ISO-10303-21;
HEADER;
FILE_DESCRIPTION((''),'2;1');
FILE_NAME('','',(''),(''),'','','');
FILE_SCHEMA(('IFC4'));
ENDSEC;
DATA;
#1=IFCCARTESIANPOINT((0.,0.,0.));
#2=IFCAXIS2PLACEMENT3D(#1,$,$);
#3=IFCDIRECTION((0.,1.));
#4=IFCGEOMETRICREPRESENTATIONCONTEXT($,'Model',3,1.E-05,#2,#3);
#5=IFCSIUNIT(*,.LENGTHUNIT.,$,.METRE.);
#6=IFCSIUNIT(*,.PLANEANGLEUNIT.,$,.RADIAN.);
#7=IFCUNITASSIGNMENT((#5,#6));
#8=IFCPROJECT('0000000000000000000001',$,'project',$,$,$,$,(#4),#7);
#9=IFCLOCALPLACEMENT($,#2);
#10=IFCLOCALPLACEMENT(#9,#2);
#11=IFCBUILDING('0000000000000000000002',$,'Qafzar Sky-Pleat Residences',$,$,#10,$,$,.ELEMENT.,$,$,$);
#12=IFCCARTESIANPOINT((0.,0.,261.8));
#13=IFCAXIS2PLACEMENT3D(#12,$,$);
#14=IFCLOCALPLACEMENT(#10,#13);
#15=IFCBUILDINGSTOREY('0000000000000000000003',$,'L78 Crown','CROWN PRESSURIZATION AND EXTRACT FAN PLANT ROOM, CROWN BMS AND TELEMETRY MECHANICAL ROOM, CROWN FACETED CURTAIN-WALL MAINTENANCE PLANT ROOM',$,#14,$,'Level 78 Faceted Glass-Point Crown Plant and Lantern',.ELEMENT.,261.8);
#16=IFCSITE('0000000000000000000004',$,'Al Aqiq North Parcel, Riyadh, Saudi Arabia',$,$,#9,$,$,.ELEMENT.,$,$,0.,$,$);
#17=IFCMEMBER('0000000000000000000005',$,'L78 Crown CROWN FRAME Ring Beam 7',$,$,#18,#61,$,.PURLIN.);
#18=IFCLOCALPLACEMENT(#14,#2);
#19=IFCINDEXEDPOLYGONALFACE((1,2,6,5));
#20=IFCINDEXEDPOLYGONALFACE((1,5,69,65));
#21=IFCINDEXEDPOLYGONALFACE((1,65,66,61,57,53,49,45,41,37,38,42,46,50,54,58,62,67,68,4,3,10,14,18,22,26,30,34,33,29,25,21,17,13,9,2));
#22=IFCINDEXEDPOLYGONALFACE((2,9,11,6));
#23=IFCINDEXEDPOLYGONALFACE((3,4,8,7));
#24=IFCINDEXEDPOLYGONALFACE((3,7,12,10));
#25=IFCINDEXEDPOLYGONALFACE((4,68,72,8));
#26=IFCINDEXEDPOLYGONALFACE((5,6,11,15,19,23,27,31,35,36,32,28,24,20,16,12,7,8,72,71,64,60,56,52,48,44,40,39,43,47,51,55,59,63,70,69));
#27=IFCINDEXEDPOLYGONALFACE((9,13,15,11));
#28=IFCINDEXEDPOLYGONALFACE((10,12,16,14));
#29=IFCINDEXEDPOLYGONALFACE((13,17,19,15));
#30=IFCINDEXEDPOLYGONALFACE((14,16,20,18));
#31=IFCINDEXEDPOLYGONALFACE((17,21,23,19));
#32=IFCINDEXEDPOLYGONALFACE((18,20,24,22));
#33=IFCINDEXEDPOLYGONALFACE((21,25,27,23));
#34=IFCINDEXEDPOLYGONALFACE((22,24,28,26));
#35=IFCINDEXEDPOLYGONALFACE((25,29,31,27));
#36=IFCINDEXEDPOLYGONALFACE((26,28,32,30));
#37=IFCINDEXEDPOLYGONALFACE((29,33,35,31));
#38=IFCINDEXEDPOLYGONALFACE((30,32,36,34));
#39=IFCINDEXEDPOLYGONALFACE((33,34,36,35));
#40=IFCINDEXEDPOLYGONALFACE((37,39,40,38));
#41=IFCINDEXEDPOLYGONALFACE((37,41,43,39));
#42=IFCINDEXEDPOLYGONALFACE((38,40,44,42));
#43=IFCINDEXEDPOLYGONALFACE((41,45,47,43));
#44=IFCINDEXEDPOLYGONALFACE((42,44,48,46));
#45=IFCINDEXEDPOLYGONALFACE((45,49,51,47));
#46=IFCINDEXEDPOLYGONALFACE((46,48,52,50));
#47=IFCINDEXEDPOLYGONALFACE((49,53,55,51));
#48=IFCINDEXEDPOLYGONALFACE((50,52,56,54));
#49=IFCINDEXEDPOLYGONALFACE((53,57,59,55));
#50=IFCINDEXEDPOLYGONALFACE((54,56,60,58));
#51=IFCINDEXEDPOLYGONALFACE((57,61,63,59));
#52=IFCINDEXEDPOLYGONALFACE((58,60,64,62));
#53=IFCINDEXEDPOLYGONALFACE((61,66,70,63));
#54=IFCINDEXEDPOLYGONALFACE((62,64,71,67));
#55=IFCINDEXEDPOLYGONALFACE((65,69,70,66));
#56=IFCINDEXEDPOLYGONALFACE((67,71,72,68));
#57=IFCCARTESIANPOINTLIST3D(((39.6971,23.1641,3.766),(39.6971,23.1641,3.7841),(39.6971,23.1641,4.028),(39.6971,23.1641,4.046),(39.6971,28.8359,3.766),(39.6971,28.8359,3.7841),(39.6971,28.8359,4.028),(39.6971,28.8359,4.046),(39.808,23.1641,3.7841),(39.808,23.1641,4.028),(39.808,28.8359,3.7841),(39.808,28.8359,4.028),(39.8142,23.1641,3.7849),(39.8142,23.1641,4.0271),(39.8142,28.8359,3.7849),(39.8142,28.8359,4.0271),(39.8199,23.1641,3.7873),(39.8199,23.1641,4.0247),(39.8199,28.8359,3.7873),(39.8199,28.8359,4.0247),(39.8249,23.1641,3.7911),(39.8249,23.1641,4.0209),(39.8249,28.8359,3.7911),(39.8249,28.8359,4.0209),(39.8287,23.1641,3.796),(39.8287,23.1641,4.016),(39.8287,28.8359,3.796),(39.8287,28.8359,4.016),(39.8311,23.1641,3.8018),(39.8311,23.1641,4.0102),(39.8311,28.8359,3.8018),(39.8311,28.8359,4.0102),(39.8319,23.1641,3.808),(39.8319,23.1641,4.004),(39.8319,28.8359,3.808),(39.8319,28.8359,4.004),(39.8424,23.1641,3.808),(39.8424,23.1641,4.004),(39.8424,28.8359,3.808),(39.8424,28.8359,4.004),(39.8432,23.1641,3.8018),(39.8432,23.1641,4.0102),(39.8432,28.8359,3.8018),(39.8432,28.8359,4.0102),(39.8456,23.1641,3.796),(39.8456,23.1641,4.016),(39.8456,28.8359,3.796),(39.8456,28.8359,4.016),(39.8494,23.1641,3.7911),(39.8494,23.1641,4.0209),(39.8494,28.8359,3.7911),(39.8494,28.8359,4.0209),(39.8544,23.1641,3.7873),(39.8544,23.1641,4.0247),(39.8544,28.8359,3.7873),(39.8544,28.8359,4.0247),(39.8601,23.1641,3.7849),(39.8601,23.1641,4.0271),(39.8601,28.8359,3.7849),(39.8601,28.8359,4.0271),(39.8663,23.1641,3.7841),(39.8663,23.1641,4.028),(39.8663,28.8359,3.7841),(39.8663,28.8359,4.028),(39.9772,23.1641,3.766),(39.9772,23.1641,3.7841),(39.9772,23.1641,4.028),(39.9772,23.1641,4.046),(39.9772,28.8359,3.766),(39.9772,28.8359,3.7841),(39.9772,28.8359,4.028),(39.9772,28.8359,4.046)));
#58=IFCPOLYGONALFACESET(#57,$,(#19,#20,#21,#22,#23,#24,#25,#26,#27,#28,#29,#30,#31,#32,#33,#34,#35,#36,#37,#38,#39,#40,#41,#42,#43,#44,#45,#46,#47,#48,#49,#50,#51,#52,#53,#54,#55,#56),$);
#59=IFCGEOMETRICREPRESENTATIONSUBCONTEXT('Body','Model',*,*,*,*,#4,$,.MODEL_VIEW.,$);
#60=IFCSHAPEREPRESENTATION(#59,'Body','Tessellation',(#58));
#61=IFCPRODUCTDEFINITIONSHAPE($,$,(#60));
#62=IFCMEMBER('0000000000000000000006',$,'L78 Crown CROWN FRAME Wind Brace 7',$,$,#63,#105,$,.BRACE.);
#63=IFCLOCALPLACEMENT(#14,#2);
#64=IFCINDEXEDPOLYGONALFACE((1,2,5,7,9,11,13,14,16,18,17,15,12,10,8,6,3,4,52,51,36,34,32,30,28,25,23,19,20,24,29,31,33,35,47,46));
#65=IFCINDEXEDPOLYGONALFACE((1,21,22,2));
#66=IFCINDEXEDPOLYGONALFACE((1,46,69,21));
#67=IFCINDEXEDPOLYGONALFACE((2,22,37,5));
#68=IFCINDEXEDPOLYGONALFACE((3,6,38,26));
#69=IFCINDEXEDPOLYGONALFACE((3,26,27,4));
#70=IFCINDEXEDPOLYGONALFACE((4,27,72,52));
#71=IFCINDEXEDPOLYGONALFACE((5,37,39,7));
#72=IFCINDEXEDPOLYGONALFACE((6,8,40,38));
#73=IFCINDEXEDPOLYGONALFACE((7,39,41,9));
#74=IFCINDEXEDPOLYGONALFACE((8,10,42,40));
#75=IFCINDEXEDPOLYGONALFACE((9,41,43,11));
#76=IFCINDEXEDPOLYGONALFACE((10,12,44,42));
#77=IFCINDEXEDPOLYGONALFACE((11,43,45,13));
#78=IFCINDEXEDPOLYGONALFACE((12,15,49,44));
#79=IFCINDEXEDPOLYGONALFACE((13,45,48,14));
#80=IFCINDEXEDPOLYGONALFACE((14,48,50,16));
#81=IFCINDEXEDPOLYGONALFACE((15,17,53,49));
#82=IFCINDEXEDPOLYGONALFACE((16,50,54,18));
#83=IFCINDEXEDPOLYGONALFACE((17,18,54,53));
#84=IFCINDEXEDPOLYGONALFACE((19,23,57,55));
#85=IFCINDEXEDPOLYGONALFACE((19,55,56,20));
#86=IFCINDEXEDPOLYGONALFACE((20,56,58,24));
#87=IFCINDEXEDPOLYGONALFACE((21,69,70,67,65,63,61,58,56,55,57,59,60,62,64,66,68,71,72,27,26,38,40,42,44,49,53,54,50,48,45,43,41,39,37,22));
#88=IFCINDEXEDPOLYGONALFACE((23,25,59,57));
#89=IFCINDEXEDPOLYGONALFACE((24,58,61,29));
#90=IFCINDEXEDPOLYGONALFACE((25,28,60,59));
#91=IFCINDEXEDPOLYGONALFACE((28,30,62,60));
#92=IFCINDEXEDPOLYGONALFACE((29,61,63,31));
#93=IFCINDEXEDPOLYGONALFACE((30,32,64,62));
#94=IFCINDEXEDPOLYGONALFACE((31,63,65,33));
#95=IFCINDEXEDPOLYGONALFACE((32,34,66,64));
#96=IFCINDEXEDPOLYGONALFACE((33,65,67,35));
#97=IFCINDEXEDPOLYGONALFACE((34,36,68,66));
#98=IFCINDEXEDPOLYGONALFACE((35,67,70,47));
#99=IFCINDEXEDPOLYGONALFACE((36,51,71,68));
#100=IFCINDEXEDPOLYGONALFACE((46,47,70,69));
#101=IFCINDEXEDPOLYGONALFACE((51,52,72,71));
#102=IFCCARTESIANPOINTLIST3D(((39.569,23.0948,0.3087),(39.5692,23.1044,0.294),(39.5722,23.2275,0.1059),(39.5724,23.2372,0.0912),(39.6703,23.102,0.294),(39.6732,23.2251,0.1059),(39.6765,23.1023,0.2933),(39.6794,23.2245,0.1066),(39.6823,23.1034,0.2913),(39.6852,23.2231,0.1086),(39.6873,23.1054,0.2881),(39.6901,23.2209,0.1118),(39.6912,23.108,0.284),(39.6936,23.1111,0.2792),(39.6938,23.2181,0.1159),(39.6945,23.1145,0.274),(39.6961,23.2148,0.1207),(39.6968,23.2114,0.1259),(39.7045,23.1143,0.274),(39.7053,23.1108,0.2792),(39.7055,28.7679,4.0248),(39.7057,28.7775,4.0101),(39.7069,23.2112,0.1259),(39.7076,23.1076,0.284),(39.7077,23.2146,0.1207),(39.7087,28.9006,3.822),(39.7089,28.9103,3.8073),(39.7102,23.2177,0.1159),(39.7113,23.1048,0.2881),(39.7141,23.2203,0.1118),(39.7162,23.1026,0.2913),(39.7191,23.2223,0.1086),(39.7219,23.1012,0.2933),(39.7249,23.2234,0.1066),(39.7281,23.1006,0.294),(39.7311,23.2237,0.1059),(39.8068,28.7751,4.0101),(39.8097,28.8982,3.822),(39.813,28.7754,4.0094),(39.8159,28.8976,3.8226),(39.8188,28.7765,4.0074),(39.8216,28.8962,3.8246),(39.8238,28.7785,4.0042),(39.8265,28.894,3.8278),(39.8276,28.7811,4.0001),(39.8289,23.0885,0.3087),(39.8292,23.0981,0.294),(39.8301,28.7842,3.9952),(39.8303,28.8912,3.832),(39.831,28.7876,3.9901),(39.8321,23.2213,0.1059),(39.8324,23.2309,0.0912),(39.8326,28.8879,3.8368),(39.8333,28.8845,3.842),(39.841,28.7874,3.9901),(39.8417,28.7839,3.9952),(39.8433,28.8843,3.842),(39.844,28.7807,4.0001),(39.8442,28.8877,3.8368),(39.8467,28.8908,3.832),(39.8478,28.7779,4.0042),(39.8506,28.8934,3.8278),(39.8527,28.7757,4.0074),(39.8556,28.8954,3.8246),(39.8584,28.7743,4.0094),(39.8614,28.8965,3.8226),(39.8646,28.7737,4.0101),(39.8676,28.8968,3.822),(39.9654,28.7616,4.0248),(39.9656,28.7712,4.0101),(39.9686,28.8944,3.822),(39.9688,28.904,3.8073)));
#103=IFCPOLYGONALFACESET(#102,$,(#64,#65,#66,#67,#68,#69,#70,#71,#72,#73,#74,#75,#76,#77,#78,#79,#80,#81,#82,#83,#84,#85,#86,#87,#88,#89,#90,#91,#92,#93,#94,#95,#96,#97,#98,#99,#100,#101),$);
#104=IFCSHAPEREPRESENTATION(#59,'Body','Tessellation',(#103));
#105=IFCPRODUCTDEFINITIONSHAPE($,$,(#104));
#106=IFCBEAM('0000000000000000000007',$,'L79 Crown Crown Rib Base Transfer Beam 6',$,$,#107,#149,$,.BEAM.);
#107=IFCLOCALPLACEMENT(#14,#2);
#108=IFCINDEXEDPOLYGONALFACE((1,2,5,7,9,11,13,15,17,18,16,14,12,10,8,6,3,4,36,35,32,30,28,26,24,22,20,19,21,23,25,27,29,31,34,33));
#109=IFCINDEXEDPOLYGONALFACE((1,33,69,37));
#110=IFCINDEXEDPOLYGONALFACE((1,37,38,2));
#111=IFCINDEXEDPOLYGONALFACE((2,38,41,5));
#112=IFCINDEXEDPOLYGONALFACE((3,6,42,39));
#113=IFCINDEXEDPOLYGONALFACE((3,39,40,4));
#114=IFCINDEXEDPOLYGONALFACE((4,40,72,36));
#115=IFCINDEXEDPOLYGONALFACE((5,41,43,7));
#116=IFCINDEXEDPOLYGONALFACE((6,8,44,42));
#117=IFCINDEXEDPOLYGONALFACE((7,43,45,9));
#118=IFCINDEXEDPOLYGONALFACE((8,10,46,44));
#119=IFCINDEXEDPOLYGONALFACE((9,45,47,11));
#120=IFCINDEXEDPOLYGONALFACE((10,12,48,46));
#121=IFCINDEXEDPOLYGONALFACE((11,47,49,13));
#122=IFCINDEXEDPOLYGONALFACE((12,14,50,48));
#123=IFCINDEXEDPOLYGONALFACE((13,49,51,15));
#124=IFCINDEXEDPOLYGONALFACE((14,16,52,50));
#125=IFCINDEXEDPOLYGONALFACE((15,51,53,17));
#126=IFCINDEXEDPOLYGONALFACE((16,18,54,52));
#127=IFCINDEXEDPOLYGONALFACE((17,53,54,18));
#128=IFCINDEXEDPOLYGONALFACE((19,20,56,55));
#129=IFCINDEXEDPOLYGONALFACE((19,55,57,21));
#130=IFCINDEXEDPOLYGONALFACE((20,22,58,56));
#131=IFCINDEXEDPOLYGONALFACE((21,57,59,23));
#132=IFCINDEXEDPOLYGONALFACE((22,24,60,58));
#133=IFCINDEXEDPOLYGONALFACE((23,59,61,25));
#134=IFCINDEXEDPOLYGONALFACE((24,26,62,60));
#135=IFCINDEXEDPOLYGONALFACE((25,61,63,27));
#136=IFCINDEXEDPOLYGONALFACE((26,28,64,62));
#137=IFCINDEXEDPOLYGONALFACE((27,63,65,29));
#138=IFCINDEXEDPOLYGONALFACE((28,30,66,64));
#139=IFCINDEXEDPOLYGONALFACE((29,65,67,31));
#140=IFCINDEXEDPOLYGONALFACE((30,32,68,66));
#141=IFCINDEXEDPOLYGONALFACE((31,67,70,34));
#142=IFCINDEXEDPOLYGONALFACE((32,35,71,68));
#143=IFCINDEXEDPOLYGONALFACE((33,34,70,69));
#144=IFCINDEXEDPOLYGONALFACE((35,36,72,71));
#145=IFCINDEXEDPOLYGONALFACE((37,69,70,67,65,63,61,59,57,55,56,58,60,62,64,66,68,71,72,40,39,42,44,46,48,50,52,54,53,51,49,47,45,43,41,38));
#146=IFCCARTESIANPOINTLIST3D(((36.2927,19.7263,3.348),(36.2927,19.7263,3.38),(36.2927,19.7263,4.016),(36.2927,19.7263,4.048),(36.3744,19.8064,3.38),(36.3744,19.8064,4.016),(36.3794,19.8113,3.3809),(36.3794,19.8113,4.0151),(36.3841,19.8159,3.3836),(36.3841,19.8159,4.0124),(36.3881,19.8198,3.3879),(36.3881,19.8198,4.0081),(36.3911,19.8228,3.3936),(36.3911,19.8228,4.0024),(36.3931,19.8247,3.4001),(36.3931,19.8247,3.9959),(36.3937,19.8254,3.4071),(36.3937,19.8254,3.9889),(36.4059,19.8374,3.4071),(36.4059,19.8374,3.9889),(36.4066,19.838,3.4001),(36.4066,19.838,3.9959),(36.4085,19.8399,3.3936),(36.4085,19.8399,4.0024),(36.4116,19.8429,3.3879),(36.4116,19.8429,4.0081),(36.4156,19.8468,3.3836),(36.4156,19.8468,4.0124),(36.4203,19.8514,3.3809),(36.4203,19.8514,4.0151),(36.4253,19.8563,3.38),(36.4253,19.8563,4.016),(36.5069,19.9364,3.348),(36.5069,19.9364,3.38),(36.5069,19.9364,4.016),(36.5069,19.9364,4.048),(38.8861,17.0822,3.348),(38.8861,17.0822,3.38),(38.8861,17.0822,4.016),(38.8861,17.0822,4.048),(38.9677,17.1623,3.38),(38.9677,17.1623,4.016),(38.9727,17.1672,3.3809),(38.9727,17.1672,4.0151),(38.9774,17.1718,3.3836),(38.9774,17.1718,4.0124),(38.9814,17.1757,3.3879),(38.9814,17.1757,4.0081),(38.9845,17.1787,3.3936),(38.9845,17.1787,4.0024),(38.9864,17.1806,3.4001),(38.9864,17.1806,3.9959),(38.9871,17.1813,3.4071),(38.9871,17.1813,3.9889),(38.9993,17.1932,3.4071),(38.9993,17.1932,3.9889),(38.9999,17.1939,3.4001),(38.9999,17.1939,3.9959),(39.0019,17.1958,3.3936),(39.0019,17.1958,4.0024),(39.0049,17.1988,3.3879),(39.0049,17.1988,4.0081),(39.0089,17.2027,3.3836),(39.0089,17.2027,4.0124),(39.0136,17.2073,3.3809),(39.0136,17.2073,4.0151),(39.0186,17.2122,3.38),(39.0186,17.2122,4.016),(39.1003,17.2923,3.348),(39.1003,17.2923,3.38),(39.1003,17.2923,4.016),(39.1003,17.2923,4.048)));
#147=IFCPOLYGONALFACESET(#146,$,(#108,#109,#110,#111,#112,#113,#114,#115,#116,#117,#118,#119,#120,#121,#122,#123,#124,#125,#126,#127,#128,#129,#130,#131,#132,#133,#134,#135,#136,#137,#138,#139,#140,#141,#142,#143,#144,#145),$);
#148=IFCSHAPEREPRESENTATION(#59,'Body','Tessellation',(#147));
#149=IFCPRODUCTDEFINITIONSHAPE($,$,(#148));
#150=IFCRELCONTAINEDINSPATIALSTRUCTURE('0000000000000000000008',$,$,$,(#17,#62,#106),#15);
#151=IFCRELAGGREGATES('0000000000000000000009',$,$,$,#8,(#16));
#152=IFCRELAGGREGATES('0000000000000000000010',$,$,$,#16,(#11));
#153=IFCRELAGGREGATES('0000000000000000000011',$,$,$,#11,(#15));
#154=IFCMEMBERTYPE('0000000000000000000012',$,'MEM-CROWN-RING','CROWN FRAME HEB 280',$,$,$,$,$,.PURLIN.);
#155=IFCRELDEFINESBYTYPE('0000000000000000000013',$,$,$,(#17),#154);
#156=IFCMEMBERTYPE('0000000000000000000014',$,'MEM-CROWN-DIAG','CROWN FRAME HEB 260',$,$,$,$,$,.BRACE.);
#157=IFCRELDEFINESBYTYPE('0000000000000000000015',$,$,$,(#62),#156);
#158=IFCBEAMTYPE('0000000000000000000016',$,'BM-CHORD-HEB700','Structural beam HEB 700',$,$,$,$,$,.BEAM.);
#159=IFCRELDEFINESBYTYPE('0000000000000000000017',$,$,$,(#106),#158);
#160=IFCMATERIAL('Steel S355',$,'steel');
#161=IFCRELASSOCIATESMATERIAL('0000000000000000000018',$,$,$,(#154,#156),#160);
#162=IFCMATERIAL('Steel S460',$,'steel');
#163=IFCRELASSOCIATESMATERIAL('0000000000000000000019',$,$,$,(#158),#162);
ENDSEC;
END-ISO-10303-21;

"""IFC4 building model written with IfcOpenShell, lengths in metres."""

from ifc_helpers import new_model, si_unit, direction, frame, origin, origin_2d, place, context, subcontext, project, spatial, i_section, extrude, source, transform, mapped, material, material_profile, profile_set, type_object, element, save


model = new_model("IFC4")

# Units and contexts
model_context = context("Model", 3, precision=1e-05, world=origin(), true_north=direction((0.0, 1.0)))
body_context = subcontext(model_context, "Body", "Model", "MODEL_VIEW")
ifc_project = project(units=[si_unit("LENGTHUNIT", "METRE"), si_unit("PLANEANGLEUNIT", "RADIAN")], contexts=[model_context])

# Site, building, storey
site_placement = place(None, origin())
site = spatial("IfcSite", under=ifc_project, at=site_placement, Name="Al Aqiq North Parcel, Riyadh, Saudi Arabia", CompositionType="ELEMENT", RefElevation=0.0)
building_placement = place(site_placement, origin())
building = spatial("IfcBuilding", under=site, at=building_placement, Name="Qafzar Sky-Pleat Residences", CompositionType="ELEMENT")
storey_placement = place(building_placement, frame((0.0, 0.0, 261.8)))
storey = spatial("IfcBuildingStorey", under=building, at=storey_placement, Name="L78 Crown", Description="CROWN PRESSURIZATION AND EXTRACT FAN PLANT ROOM, CROWN BMS AND TELEMETRY MECHANICAL ROOM, CROWN FACETED CURTAIN-WALL MAINTENANCE PLANT ROOM", LongName="Level 78 Faceted Glass-Point Crown Plant and Lantern", CompositionType="ELEMENT", Elevation=261.8)

# Members
ifc_material_1 = material(Name="Steel S460", Category="steel")
ifc_material_2 = material(Name="Steel S355", Category="steel")
ifc_material_profile_1 = material_profile(ifc_material_2, i_section(OverallWidth=0.28, OverallDepth=0.28, WebThickness=0.0105, FlangeThickness=0.0181, FilletRadius=0.0239, at=origin_2d()), Name="HEB 280")
ifc_profile_set_1 = profile_set([ifc_material_profile_1], Name="Steel S355")
member_type_1 = type_object("IfcMemberType", Name="MEM-CROWN-RING", Description="CROWN FRAME HEB 280", PredefinedType="PURLIN", material=ifc_profile_set_1)
shared_shape_1 = source(origin(), body_context, "Body", "SweptSolid", [
    extrude(i_section(OverallWidth=0.28, OverallDepth=0.28, WebThickness=0.0105, FlangeThickness=0.0181, FilletRadius=0.0239, at=origin_2d()), origin(), (0.0, 0.0, 1.0), 5.6719),
])
member_1_placement = place(storey_placement, frame((39.8372, 23.1641, 3.906), z_axis=(0.0, 1.0, 0.0), x_axis=(-1.0, 0.0, 0.0)))
element("IfcMember", 1, at=member_1_placement, inside=storey, type_object=member_type_1, Name="L78 Crown CROWN FRAME Ring Beam 7", PredefinedType="PURLIN", context=body_context, shape_type="MappedRepresentation", body=[
    mapped(shared_shape_1, transform((0.0, 0.0, 0.0), x_axis=(1.0, 0.0, 0.0), y_axis=(0.0, 1.0, 0.0), z_axis=(0.0, 0.0, 1.0), scale=1.0)),
])
ifc_material_profile_2 = material_profile(ifc_material_2, i_section(OverallWidth=0.26, OverallDepth=0.26, WebThickness=0.01, FlangeThickness=0.0176, FilletRadius=0.0239, at=origin_2d()), Name="HEB 260")
ifc_profile_set_2 = profile_set([ifc_material_profile_2], Name="Steel S355")
member_type_2 = type_object("IfcMemberType", Name="MEM-CROWN-DIAG", Description="CROWN FRAME HEB 260", PredefinedType="BRACE", material=ifc_profile_set_2)
shared_shape_2 = source(origin(), body_context, "Body", "SweptSolid", [
    extrude(i_section(OverallWidth=0.26, OverallDepth=0.26, WebThickness=0.01, FlangeThickness=0.0176, FilletRadius=0.0239, at=origin_2d()), origin(), (0.0, 0.0, 1.0), 6.7832),
])
member_2_placement = place(storey_placement, frame((39.7007, 23.1628, 0.2), z_axis=(0.02012, 0.836345, 0.547834), x_axis=(-0.999711, 0.02405, 0.0)))
element("IfcMember", 2, at=member_2_placement, inside=storey, type_object=member_type_2, Name="L78 Crown CROWN FRAME Wind Brace 7", PredefinedType="BRACE", context=body_context, shape_type="MappedRepresentation", body=[
    mapped(shared_shape_2, transform((0.0, 0.0, 0.0), x_axis=(1.0, 0.0, 0.0), y_axis=(0.0, 1.0, 0.0), z_axis=(0.0, 0.0, 1.0), scale=1.0)),
])

# Beam
ifc_material_profile_3 = material_profile(ifc_material_1, i_section(OverallWidth=0.3, OverallDepth=0.7, WebThickness=0.0171, FlangeThickness=0.032, FilletRadius=0.0271, at=origin_2d()), Name="HEB 700")
ifc_profile_set_3 = profile_set([ifc_material_profile_3], Name="Steel S460")
beam_type = type_object("IfcBeamType", Name="BM-CHORD-HEB700", Description="Structural beam HEB 700", PredefinedType="BEAM", material=ifc_profile_set_3)
shared_shape_3 = source(origin(), body_context, "Body", "SweptSolid", [
    extrude(i_section(OverallWidth=0.3, OverallDepth=0.7, WebThickness=0.0171, FlangeThickness=0.032, FilletRadius=0.0271, at=origin_2d()), origin(), (0.0, 0.0, 1.0), 3.7036),
])
beam_1_placement = place(storey_placement, frame((38.9932, 17.1873, 3.698), z_axis=(-0.700218, 0.713929, 0.0), x_axis=(-0.713929, -0.700218, 0.0)))
element("IfcBeam", 3, at=beam_1_placement, inside=storey, type_object=beam_type, Name="L79 Crown Crown Rib Base Transfer Beam 6", PredefinedType="BEAM", context=body_context, shape_type="MappedRepresentation", body=[
    mapped(shared_shape_3, transform((0.0, 0.0, 0.0), x_axis=(1.0, 0.0, 0.0), y_axis=(0.0, 1.0, 0.0), z_axis=(0.0, 0.0, 1.0), scale=1.0)),
])

save(model, "model.ifc")
